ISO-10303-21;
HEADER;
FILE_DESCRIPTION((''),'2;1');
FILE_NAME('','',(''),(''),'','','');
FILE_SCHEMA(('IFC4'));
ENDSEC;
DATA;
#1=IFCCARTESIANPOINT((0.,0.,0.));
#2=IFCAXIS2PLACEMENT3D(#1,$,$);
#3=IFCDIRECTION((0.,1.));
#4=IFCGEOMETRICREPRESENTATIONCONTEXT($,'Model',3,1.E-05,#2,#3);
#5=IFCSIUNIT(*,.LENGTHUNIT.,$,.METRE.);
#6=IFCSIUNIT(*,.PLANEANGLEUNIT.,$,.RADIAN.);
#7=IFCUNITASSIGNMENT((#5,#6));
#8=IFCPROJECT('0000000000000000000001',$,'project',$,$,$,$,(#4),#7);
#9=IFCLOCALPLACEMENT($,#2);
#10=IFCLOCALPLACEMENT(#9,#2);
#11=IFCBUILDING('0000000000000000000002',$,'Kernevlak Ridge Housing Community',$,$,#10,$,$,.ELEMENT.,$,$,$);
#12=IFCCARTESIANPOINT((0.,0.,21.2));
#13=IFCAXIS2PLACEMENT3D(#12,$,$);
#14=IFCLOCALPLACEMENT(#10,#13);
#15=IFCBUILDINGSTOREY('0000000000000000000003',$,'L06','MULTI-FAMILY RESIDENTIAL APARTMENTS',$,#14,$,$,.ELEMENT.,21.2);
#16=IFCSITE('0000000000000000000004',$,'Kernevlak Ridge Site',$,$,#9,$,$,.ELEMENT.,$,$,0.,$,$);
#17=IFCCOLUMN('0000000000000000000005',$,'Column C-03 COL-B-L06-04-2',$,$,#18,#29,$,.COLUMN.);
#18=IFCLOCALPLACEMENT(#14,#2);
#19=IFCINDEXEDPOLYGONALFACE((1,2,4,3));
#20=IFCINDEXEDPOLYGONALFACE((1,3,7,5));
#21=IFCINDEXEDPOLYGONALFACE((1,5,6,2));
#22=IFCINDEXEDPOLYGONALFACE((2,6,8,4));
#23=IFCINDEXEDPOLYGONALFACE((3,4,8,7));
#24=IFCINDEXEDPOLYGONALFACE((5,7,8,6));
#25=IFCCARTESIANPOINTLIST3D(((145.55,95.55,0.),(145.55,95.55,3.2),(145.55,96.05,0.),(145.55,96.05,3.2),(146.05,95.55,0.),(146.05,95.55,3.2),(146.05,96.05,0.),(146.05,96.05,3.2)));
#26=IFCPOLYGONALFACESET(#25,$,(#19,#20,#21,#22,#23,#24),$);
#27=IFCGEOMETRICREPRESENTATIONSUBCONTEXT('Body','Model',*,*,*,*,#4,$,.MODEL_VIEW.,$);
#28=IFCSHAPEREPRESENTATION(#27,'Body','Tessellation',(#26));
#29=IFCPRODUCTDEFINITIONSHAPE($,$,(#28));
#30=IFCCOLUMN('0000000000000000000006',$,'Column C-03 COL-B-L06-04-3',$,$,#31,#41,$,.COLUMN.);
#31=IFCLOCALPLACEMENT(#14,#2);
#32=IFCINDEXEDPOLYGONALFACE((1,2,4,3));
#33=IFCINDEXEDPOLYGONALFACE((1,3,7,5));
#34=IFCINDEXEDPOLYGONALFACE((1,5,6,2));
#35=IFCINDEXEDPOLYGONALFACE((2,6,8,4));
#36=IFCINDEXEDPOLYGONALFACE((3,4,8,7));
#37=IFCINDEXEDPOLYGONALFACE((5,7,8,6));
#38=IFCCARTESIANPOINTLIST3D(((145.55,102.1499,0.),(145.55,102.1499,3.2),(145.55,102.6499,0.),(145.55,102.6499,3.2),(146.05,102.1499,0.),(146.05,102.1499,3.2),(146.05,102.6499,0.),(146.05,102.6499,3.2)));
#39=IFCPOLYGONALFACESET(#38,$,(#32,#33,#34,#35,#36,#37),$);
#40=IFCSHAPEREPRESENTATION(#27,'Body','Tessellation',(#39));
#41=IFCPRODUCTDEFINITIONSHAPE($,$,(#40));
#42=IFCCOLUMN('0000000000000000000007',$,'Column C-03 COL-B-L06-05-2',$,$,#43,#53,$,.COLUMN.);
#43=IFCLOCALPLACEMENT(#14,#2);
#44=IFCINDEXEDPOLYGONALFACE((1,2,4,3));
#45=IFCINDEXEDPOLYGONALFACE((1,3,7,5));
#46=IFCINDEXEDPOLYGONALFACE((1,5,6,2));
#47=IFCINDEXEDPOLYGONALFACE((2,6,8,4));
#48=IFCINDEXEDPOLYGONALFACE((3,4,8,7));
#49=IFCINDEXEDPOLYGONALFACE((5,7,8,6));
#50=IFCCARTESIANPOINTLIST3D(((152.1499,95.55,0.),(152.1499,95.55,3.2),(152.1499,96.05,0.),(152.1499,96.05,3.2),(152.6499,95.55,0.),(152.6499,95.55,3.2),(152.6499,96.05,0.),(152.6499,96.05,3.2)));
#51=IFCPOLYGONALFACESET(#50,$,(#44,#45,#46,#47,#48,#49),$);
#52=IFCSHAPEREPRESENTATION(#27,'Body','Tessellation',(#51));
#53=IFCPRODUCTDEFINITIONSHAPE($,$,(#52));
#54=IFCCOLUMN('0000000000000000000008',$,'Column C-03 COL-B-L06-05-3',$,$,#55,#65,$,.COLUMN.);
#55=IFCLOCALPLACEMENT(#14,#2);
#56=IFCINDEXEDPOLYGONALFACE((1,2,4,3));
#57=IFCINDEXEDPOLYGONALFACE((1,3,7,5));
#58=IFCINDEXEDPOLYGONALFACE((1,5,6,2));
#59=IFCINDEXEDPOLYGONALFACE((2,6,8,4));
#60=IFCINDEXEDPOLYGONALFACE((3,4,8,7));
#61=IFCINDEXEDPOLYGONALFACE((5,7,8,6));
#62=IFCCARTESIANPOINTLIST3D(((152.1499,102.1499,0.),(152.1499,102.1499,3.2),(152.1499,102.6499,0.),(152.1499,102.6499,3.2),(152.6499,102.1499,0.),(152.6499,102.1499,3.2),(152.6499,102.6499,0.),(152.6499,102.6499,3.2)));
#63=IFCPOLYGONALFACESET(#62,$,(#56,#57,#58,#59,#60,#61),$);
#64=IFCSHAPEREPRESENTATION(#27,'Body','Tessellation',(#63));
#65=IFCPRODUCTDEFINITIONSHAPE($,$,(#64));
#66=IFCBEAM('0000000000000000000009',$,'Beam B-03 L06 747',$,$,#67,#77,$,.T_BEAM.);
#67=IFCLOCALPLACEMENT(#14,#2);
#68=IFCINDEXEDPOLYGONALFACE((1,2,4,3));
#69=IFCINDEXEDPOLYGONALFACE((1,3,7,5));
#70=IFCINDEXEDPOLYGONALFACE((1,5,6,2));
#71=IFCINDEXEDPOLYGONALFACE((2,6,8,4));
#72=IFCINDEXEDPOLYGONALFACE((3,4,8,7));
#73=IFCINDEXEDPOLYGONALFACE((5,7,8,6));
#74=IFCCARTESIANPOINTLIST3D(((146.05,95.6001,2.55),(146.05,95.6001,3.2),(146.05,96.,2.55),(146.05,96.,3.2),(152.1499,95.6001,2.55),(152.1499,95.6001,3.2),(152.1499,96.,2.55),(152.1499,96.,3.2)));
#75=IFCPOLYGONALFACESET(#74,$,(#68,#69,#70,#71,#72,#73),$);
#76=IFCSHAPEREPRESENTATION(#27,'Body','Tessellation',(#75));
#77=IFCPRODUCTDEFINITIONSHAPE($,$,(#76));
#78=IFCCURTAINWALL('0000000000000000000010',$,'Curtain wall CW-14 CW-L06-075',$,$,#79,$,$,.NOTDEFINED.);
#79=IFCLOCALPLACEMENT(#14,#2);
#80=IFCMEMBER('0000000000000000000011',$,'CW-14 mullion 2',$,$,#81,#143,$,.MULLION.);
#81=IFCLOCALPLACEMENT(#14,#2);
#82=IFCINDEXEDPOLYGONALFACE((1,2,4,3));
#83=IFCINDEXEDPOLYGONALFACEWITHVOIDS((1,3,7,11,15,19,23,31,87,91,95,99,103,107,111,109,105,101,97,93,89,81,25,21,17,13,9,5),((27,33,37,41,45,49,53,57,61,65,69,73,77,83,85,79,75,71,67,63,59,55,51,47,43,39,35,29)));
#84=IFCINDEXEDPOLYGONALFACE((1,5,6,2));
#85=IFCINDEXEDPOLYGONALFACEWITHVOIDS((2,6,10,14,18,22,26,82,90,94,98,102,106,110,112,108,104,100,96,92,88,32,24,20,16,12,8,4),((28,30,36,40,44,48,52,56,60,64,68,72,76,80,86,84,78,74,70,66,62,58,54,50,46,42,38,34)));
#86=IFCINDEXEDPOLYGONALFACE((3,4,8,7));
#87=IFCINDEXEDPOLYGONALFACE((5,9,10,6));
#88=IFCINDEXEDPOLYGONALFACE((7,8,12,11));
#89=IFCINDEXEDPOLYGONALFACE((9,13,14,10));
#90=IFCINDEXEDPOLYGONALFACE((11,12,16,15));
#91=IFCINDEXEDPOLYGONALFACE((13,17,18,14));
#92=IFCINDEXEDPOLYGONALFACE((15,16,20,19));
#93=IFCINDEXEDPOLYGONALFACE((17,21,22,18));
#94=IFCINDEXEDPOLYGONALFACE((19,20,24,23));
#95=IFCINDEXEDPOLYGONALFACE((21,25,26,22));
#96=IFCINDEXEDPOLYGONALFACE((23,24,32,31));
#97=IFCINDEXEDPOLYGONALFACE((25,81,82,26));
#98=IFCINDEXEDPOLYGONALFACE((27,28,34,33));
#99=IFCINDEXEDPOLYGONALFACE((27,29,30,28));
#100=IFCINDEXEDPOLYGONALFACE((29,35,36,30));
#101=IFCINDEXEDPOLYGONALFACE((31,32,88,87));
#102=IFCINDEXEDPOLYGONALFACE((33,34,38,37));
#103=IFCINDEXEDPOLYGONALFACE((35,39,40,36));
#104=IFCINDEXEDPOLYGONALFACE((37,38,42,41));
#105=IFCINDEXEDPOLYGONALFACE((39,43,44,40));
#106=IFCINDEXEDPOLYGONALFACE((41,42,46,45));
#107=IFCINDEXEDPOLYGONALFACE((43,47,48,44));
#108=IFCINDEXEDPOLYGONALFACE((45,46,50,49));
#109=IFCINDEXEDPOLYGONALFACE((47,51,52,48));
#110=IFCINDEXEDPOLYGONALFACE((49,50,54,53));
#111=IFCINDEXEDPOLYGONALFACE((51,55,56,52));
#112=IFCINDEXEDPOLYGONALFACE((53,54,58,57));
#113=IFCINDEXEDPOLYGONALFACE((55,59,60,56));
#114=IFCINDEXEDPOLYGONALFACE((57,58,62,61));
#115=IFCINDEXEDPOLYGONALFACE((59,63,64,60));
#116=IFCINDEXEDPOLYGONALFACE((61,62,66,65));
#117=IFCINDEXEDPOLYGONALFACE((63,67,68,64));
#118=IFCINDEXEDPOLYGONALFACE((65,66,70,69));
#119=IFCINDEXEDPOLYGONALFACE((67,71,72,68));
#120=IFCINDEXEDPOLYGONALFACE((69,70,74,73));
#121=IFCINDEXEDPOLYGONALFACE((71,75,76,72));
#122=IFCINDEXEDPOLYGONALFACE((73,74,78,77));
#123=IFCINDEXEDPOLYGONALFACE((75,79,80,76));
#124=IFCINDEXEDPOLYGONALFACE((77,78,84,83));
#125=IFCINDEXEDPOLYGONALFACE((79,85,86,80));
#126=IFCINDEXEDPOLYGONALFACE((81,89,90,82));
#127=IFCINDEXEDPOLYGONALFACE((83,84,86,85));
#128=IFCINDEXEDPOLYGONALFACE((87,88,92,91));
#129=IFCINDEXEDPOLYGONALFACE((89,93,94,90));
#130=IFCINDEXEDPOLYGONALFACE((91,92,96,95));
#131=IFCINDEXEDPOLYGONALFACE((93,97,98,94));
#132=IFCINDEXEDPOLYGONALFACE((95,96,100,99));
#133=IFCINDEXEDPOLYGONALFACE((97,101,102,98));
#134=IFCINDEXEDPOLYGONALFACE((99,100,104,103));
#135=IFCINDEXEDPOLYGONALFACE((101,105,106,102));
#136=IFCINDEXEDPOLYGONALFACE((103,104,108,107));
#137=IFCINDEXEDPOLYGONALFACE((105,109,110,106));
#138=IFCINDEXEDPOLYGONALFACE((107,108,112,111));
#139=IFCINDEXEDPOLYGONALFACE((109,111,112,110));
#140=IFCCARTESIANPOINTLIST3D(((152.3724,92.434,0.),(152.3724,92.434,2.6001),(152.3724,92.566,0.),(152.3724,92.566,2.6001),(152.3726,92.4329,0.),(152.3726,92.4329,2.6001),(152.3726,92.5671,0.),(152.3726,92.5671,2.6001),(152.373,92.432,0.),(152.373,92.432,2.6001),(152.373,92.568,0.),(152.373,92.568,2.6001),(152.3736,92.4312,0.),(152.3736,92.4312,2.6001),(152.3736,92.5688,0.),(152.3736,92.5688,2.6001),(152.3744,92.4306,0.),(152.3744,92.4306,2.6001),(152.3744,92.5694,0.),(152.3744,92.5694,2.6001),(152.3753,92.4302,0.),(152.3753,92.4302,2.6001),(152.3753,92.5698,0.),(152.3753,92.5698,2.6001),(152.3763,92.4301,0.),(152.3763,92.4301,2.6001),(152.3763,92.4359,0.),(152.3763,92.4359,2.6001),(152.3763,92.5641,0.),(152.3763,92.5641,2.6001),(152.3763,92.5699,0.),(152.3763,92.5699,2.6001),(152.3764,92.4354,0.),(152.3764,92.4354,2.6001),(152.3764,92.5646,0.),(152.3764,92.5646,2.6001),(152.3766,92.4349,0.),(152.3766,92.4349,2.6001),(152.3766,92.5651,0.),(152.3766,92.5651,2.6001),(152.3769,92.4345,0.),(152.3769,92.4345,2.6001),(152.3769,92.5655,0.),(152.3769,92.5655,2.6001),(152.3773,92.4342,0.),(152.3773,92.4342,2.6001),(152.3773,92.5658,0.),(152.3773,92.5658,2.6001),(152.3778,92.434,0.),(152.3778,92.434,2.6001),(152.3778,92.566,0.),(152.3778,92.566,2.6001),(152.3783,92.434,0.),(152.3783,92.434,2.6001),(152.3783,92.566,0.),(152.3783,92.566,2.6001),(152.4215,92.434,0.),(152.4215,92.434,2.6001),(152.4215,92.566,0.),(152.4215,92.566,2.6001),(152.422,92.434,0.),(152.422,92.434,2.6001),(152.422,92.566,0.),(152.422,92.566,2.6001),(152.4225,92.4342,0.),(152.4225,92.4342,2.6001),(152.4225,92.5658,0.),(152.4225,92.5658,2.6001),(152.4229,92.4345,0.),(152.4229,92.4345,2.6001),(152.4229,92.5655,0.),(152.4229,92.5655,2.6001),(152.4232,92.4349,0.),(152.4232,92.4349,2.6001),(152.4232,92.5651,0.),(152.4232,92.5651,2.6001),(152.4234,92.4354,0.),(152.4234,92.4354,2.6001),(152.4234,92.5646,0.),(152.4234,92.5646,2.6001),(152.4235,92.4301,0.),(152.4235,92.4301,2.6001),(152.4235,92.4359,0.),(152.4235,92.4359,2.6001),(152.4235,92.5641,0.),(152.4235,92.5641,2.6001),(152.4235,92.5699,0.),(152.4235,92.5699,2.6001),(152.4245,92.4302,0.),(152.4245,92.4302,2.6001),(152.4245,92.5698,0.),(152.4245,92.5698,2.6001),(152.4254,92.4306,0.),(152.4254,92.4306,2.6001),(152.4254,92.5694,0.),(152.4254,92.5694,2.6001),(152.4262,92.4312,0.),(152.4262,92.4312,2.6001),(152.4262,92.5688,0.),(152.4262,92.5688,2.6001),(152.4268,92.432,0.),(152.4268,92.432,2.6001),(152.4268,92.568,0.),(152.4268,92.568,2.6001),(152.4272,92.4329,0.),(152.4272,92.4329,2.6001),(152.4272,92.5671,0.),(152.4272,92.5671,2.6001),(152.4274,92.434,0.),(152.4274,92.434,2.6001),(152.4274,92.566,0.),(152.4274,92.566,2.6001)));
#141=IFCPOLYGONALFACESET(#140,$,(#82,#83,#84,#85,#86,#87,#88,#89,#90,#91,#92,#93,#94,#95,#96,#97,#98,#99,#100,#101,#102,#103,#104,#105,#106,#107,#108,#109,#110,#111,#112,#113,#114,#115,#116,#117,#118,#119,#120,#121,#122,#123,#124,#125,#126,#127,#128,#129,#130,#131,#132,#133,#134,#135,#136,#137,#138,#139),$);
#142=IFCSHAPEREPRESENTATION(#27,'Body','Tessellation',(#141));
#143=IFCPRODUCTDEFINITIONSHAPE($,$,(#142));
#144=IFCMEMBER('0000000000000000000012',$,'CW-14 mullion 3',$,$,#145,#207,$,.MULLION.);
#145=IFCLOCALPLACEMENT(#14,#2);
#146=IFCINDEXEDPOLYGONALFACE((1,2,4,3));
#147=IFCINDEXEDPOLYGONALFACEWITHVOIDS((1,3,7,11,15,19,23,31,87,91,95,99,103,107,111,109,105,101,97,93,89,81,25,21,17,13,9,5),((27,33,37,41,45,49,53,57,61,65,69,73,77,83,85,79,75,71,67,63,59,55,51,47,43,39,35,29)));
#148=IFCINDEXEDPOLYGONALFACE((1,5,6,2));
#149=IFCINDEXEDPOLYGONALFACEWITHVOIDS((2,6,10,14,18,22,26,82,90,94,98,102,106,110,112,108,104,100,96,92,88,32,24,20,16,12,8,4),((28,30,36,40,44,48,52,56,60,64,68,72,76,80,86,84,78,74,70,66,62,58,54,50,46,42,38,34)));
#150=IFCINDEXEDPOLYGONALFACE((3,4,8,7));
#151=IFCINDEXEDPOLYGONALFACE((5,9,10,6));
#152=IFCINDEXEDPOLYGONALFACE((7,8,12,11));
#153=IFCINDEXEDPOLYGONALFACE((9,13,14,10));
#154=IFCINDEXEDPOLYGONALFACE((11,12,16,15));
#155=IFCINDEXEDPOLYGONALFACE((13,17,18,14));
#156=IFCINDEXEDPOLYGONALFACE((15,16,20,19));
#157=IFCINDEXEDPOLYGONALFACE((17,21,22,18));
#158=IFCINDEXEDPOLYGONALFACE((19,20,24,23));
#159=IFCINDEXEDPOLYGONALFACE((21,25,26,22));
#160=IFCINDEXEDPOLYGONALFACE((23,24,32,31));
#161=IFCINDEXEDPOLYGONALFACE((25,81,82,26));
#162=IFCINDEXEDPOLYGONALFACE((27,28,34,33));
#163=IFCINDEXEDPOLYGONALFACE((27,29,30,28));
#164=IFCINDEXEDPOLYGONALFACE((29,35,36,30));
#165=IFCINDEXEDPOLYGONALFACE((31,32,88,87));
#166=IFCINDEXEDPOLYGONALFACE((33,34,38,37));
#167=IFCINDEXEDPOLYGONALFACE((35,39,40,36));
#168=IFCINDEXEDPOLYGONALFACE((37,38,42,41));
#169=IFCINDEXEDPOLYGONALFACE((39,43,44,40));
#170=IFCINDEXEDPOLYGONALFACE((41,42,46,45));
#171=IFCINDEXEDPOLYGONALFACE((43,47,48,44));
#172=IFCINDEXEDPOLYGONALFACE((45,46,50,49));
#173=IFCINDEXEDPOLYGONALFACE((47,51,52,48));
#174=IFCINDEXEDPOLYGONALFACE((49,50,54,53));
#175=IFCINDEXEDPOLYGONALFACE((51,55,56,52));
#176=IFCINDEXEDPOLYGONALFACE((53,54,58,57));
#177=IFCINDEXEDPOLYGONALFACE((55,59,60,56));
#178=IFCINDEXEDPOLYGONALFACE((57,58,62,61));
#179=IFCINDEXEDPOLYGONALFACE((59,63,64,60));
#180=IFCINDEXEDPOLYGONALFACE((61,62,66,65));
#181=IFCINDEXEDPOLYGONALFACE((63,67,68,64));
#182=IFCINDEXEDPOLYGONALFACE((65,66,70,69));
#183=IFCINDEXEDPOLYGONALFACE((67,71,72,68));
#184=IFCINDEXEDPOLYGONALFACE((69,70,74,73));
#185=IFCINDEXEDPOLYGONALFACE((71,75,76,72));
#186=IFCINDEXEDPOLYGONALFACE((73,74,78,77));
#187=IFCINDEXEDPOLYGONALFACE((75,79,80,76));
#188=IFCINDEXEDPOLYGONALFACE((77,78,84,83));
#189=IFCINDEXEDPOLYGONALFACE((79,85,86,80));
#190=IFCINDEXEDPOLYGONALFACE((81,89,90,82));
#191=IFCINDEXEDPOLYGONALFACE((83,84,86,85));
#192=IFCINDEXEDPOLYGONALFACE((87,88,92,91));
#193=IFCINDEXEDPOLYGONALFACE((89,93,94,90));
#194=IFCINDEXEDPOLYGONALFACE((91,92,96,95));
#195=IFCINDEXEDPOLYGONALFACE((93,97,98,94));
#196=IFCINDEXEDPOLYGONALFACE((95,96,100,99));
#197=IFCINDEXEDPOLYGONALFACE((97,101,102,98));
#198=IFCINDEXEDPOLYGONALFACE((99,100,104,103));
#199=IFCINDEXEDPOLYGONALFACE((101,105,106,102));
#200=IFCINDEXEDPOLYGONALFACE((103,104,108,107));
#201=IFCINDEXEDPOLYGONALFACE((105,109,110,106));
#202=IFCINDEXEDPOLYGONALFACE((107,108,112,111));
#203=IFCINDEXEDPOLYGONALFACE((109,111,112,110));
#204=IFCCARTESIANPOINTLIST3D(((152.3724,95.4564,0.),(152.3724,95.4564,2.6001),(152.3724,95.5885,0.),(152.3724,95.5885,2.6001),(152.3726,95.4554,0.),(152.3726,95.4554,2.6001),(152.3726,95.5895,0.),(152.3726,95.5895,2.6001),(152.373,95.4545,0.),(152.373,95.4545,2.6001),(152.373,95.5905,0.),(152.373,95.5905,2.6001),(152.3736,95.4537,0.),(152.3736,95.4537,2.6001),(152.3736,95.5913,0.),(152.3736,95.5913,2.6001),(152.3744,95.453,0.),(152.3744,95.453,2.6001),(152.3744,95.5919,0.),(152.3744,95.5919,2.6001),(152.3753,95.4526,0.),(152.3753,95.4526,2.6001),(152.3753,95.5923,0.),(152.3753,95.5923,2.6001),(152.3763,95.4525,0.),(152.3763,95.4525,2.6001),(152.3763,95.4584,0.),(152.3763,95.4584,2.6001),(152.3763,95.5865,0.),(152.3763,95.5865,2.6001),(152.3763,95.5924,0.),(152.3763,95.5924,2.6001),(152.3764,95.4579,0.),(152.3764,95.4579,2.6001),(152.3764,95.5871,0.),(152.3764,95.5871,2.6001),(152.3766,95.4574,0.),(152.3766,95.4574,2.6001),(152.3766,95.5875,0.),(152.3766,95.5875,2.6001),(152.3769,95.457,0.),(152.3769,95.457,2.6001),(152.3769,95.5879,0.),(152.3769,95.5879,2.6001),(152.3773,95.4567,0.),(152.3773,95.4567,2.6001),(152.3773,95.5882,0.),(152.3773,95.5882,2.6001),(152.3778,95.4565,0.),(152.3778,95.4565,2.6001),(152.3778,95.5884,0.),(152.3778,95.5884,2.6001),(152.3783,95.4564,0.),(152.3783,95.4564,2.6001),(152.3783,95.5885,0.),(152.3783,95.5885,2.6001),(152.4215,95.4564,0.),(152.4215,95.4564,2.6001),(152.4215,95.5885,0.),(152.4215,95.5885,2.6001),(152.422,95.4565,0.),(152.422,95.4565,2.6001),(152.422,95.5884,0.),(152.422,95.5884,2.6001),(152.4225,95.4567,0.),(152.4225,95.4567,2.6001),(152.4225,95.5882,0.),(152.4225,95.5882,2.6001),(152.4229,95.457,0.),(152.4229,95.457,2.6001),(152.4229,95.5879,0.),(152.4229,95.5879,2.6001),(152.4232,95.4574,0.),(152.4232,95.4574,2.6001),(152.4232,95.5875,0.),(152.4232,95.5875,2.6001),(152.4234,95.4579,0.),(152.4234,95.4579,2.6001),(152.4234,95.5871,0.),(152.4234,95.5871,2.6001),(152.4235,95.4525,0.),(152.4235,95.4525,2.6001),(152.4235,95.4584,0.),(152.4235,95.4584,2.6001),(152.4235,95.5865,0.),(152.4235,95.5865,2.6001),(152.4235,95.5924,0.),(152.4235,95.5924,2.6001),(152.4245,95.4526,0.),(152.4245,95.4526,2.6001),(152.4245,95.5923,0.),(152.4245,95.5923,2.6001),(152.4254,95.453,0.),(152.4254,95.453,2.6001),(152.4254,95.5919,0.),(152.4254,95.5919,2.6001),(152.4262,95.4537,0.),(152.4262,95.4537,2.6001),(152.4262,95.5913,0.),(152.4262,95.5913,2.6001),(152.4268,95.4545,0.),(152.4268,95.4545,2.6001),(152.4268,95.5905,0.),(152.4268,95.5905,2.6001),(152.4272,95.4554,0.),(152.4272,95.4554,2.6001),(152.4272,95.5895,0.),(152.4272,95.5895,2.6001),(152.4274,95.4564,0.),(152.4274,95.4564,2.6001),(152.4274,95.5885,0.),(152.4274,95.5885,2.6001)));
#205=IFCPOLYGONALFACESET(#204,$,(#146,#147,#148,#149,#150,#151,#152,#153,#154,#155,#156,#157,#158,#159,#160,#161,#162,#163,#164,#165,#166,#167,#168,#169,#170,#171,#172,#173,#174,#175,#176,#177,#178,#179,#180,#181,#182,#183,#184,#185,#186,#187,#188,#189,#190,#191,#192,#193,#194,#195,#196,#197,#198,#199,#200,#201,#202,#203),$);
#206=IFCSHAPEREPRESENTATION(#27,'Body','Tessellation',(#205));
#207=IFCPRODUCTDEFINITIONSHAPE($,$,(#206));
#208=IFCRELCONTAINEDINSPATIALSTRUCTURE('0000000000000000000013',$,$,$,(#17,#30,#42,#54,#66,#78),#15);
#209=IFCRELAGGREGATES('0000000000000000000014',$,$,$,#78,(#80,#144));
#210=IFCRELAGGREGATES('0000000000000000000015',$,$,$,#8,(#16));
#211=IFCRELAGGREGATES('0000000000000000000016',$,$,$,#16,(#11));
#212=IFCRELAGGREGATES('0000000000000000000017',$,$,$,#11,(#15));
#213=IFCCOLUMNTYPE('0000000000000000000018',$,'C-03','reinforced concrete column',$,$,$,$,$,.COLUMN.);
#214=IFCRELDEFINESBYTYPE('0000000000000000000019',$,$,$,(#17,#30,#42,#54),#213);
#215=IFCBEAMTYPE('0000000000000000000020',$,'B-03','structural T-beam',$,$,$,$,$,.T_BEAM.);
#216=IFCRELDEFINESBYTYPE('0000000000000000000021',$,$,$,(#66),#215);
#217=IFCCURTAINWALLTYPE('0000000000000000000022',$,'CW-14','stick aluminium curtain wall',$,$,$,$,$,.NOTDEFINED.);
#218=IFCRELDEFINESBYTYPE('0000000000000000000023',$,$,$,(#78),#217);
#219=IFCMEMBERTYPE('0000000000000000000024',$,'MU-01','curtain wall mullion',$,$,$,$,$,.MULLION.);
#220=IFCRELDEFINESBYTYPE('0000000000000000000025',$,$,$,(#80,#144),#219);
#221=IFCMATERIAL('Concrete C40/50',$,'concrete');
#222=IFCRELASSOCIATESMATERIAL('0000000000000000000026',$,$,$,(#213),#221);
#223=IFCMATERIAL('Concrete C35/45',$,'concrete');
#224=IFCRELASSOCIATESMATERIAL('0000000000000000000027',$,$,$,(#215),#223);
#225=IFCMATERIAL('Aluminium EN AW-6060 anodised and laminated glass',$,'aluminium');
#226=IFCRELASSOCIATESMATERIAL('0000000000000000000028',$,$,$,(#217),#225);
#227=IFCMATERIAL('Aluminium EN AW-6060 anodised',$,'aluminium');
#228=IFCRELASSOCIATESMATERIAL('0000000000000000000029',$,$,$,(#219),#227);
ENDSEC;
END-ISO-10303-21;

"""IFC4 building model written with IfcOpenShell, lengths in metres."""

from ifc_helpers import new_model, si_unit, direction, frame, origin, origin_2d, place, context, subcontext, project, spatial, rectangle, hollow_rectangle, extrude, material, material_profile, profile_set, type_object, element, aggregate, save


model = new_model("IFC4")

# Units and contexts
model_context = context("Model", 3, precision=1e-05, world=origin(), true_north=direction((0.0, 1.0)))
body_context = subcontext(model_context, "Body", "Model", "MODEL_VIEW")
ifc_project = project(units=[si_unit("LENGTHUNIT", "METRE"), si_unit("PLANEANGLEUNIT", "RADIAN")], contexts=[model_context])

# Site, building, storey
site_placement = place(None, origin())
site = spatial("IfcSite", under=ifc_project, at=site_placement, Name="Kernevlak Ridge Site", CompositionType="ELEMENT", RefElevation=0.0)
building_placement = place(site_placement, origin())
building = spatial("IfcBuilding", under=site, at=building_placement, Name="Kernevlak Ridge Housing Community", CompositionType="ELEMENT")
storey_placement = place(building_placement, frame((0.0, 0.0, 21.2)))
storey = spatial("IfcBuildingStorey", under=building, at=storey_placement, Name="L06", Description="MULTI-FAMILY RESIDENTIAL APARTMENTS", CompositionType="ELEMENT", Elevation=21.2)

# Columns
ifc_material_1 = material(Name="Concrete C40/50", Category="concrete")
ifc_material_profile_1 = material_profile(ifc_material_1, rectangle(XDim=0.5, YDim=0.5, at=origin_2d()), Name="RC 500x500")
ifc_profile_set_1 = profile_set([ifc_material_profile_1], Name="Concrete C40/50")
column_type = type_object("IfcColumnType", Name="C-03", Description="reinforced concrete column", PredefinedType="COLUMN", material=ifc_profile_set_1)
for number, where, z_axis, x_axis, name in (
    (1, (145.8, 95.8, 0.0), (0.0, 0.0, 1.0), (1.0, 0.0, 0.0), "Column C-03 COL-B-L06-04-2"),
    (2, (145.8, 102.3999, 0.0), (0.0, 0.0, 1.0), (1.0, 0.0, 0.0), "Column C-03 COL-B-L06-04-3"),
    (3, (152.3999, 95.8, 0.0), (0.0, 0.0, 1.0), (1.0, 0.0, 0.0), "Column C-03 COL-B-L06-05-2"),
    (4, (152.3999, 102.3999, 0.0), (0.0, 0.0, 1.0), (1.0, 0.0, 0.0), "Column C-03 COL-B-L06-05-3"),
):
    element("IfcColumn", number, at=place(storey_placement, frame(where, z_axis=z_axis, x_axis=x_axis)), inside=storey, type_object=column_type, Name=name, PredefinedType="COLUMN", context=body_context, shape_type="SweptSolid", body=[
        extrude(rectangle(XDim=0.5, YDim=0.5, at=origin_2d()), origin(), (0.0, 0.0, 1.0), 3.2),
    ])

# Beam
ifc_material_2 = material(Name="Concrete C35/45", Category="concrete")
ifc_material_profile_2 = material_profile(ifc_material_2, rectangle(XDim=0.3999, YDim=0.6499, at=origin_2d()), Name="RC 400x650")
ifc_profile_set_2 = profile_set([ifc_material_profile_2], Name="Concrete C35/45")
beam_type_1 = type_object("IfcBeamType", Name="B-03", Description="structural T-beam", PredefinedType="T_BEAM", material=ifc_profile_set_2)
beam_1_placement = place(storey_placement, frame((146.05, 95.8, 2.875), z_axis=(1.0, 0.0, 0.0), x_axis=(0.0, 1.0, 0.0)))
element("IfcBeam", 5, at=beam_1_placement, inside=storey, type_object=beam_type_1, Name="Beam B-03 L06 747", PredefinedType="T_BEAM", context=body_context, shape_type="SweptSolid", body=[
    extrude(rectangle(XDim=0.3999, YDim=0.6499, at=origin_2d()), origin(), (0.0, 0.0, 1.0), 6.0999),
])

# Curtain wall, members
ifc_material_3 = material(Name="Aluminium EN AW-6060 anodised and laminated glass", Category="aluminium")
curtain_wall_type = type_object("IfcCurtainWallType", Name="CW-14", Description="stick aluminium curtain wall", PredefinedType="NOTDEFINED", material=ifc_material_3)
curtain_wall_placement = place(storey_placement, origin())
curtain_wall = element("IfcCurtainWall", 6, at=curtain_wall_placement, inside=storey, type_object=curtain_wall_type, Name="Curtain wall CW-14 CW-L06-075", PredefinedType="NOTDEFINED")
ifc_material_4 = material(Name="Aluminium EN AW-6060 anodised", Category="aluminium")
ifc_material_profile_3 = material_profile(ifc_material_4, hollow_rectangle(XDim=0.0549, YDim=0.1399, WallThickness=0.0039, InnerFilletRadius=0.002, OuterFilletRadius=0.0039, at=origin_2d()), Name="ALU 55x140x4")
ifc_profile_set_3 = profile_set([ifc_material_profile_3], Name="Aluminium EN AW-6060 anodised")
member_type_1 = type_object("IfcMemberType", Name="MU-01", Description="curtain wall mullion", PredefinedType="MULLION", material=ifc_profile_set_3)
member_1_placement = place(storey_placement, frame((152.3999, 92.5, 0.0), z_axis=(0.0, 0.0, 1.0), x_axis=(-1.0, 0.0, 0.0)))
member_1 = element("IfcMember", 7, at=member_1_placement, type_object=member_type_1, Name="CW-14 mullion 2", PredefinedType="MULLION", context=body_context, shape_type="SweptSolid", body=[
    extrude(hollow_rectangle(XDim=0.0549, YDim=0.1399, WallThickness=0.0039, InnerFilletRadius=0.002, OuterFilletRadius=0.0039, at=origin_2d()), origin(), (0.0, 0.0, 1.0), 2.6001),
])
member_2_placement = place(storey_placement, frame((152.3999, 95.5225, 0.0), z_axis=(0.0, 0.0, 1.0), x_axis=(-1.0, 0.0, 0.0)))
member_2 = element("IfcMember", 8, at=member_2_placement, type_object=member_type_1, Name="CW-14 mullion 3", PredefinedType="MULLION", context=body_context, shape_type="SweptSolid", body=[
    extrude(hollow_rectangle(XDim=0.0549, YDim=0.1399, WallThickness=0.0039, InnerFilletRadius=0.002, OuterFilletRadius=0.0039, at=origin_2d()), origin(), (0.0, 0.0, 1.0), 2.6001),
])

aggregate(curtain_wall, [member_1, member_2])

save(model, "model.ifc")
